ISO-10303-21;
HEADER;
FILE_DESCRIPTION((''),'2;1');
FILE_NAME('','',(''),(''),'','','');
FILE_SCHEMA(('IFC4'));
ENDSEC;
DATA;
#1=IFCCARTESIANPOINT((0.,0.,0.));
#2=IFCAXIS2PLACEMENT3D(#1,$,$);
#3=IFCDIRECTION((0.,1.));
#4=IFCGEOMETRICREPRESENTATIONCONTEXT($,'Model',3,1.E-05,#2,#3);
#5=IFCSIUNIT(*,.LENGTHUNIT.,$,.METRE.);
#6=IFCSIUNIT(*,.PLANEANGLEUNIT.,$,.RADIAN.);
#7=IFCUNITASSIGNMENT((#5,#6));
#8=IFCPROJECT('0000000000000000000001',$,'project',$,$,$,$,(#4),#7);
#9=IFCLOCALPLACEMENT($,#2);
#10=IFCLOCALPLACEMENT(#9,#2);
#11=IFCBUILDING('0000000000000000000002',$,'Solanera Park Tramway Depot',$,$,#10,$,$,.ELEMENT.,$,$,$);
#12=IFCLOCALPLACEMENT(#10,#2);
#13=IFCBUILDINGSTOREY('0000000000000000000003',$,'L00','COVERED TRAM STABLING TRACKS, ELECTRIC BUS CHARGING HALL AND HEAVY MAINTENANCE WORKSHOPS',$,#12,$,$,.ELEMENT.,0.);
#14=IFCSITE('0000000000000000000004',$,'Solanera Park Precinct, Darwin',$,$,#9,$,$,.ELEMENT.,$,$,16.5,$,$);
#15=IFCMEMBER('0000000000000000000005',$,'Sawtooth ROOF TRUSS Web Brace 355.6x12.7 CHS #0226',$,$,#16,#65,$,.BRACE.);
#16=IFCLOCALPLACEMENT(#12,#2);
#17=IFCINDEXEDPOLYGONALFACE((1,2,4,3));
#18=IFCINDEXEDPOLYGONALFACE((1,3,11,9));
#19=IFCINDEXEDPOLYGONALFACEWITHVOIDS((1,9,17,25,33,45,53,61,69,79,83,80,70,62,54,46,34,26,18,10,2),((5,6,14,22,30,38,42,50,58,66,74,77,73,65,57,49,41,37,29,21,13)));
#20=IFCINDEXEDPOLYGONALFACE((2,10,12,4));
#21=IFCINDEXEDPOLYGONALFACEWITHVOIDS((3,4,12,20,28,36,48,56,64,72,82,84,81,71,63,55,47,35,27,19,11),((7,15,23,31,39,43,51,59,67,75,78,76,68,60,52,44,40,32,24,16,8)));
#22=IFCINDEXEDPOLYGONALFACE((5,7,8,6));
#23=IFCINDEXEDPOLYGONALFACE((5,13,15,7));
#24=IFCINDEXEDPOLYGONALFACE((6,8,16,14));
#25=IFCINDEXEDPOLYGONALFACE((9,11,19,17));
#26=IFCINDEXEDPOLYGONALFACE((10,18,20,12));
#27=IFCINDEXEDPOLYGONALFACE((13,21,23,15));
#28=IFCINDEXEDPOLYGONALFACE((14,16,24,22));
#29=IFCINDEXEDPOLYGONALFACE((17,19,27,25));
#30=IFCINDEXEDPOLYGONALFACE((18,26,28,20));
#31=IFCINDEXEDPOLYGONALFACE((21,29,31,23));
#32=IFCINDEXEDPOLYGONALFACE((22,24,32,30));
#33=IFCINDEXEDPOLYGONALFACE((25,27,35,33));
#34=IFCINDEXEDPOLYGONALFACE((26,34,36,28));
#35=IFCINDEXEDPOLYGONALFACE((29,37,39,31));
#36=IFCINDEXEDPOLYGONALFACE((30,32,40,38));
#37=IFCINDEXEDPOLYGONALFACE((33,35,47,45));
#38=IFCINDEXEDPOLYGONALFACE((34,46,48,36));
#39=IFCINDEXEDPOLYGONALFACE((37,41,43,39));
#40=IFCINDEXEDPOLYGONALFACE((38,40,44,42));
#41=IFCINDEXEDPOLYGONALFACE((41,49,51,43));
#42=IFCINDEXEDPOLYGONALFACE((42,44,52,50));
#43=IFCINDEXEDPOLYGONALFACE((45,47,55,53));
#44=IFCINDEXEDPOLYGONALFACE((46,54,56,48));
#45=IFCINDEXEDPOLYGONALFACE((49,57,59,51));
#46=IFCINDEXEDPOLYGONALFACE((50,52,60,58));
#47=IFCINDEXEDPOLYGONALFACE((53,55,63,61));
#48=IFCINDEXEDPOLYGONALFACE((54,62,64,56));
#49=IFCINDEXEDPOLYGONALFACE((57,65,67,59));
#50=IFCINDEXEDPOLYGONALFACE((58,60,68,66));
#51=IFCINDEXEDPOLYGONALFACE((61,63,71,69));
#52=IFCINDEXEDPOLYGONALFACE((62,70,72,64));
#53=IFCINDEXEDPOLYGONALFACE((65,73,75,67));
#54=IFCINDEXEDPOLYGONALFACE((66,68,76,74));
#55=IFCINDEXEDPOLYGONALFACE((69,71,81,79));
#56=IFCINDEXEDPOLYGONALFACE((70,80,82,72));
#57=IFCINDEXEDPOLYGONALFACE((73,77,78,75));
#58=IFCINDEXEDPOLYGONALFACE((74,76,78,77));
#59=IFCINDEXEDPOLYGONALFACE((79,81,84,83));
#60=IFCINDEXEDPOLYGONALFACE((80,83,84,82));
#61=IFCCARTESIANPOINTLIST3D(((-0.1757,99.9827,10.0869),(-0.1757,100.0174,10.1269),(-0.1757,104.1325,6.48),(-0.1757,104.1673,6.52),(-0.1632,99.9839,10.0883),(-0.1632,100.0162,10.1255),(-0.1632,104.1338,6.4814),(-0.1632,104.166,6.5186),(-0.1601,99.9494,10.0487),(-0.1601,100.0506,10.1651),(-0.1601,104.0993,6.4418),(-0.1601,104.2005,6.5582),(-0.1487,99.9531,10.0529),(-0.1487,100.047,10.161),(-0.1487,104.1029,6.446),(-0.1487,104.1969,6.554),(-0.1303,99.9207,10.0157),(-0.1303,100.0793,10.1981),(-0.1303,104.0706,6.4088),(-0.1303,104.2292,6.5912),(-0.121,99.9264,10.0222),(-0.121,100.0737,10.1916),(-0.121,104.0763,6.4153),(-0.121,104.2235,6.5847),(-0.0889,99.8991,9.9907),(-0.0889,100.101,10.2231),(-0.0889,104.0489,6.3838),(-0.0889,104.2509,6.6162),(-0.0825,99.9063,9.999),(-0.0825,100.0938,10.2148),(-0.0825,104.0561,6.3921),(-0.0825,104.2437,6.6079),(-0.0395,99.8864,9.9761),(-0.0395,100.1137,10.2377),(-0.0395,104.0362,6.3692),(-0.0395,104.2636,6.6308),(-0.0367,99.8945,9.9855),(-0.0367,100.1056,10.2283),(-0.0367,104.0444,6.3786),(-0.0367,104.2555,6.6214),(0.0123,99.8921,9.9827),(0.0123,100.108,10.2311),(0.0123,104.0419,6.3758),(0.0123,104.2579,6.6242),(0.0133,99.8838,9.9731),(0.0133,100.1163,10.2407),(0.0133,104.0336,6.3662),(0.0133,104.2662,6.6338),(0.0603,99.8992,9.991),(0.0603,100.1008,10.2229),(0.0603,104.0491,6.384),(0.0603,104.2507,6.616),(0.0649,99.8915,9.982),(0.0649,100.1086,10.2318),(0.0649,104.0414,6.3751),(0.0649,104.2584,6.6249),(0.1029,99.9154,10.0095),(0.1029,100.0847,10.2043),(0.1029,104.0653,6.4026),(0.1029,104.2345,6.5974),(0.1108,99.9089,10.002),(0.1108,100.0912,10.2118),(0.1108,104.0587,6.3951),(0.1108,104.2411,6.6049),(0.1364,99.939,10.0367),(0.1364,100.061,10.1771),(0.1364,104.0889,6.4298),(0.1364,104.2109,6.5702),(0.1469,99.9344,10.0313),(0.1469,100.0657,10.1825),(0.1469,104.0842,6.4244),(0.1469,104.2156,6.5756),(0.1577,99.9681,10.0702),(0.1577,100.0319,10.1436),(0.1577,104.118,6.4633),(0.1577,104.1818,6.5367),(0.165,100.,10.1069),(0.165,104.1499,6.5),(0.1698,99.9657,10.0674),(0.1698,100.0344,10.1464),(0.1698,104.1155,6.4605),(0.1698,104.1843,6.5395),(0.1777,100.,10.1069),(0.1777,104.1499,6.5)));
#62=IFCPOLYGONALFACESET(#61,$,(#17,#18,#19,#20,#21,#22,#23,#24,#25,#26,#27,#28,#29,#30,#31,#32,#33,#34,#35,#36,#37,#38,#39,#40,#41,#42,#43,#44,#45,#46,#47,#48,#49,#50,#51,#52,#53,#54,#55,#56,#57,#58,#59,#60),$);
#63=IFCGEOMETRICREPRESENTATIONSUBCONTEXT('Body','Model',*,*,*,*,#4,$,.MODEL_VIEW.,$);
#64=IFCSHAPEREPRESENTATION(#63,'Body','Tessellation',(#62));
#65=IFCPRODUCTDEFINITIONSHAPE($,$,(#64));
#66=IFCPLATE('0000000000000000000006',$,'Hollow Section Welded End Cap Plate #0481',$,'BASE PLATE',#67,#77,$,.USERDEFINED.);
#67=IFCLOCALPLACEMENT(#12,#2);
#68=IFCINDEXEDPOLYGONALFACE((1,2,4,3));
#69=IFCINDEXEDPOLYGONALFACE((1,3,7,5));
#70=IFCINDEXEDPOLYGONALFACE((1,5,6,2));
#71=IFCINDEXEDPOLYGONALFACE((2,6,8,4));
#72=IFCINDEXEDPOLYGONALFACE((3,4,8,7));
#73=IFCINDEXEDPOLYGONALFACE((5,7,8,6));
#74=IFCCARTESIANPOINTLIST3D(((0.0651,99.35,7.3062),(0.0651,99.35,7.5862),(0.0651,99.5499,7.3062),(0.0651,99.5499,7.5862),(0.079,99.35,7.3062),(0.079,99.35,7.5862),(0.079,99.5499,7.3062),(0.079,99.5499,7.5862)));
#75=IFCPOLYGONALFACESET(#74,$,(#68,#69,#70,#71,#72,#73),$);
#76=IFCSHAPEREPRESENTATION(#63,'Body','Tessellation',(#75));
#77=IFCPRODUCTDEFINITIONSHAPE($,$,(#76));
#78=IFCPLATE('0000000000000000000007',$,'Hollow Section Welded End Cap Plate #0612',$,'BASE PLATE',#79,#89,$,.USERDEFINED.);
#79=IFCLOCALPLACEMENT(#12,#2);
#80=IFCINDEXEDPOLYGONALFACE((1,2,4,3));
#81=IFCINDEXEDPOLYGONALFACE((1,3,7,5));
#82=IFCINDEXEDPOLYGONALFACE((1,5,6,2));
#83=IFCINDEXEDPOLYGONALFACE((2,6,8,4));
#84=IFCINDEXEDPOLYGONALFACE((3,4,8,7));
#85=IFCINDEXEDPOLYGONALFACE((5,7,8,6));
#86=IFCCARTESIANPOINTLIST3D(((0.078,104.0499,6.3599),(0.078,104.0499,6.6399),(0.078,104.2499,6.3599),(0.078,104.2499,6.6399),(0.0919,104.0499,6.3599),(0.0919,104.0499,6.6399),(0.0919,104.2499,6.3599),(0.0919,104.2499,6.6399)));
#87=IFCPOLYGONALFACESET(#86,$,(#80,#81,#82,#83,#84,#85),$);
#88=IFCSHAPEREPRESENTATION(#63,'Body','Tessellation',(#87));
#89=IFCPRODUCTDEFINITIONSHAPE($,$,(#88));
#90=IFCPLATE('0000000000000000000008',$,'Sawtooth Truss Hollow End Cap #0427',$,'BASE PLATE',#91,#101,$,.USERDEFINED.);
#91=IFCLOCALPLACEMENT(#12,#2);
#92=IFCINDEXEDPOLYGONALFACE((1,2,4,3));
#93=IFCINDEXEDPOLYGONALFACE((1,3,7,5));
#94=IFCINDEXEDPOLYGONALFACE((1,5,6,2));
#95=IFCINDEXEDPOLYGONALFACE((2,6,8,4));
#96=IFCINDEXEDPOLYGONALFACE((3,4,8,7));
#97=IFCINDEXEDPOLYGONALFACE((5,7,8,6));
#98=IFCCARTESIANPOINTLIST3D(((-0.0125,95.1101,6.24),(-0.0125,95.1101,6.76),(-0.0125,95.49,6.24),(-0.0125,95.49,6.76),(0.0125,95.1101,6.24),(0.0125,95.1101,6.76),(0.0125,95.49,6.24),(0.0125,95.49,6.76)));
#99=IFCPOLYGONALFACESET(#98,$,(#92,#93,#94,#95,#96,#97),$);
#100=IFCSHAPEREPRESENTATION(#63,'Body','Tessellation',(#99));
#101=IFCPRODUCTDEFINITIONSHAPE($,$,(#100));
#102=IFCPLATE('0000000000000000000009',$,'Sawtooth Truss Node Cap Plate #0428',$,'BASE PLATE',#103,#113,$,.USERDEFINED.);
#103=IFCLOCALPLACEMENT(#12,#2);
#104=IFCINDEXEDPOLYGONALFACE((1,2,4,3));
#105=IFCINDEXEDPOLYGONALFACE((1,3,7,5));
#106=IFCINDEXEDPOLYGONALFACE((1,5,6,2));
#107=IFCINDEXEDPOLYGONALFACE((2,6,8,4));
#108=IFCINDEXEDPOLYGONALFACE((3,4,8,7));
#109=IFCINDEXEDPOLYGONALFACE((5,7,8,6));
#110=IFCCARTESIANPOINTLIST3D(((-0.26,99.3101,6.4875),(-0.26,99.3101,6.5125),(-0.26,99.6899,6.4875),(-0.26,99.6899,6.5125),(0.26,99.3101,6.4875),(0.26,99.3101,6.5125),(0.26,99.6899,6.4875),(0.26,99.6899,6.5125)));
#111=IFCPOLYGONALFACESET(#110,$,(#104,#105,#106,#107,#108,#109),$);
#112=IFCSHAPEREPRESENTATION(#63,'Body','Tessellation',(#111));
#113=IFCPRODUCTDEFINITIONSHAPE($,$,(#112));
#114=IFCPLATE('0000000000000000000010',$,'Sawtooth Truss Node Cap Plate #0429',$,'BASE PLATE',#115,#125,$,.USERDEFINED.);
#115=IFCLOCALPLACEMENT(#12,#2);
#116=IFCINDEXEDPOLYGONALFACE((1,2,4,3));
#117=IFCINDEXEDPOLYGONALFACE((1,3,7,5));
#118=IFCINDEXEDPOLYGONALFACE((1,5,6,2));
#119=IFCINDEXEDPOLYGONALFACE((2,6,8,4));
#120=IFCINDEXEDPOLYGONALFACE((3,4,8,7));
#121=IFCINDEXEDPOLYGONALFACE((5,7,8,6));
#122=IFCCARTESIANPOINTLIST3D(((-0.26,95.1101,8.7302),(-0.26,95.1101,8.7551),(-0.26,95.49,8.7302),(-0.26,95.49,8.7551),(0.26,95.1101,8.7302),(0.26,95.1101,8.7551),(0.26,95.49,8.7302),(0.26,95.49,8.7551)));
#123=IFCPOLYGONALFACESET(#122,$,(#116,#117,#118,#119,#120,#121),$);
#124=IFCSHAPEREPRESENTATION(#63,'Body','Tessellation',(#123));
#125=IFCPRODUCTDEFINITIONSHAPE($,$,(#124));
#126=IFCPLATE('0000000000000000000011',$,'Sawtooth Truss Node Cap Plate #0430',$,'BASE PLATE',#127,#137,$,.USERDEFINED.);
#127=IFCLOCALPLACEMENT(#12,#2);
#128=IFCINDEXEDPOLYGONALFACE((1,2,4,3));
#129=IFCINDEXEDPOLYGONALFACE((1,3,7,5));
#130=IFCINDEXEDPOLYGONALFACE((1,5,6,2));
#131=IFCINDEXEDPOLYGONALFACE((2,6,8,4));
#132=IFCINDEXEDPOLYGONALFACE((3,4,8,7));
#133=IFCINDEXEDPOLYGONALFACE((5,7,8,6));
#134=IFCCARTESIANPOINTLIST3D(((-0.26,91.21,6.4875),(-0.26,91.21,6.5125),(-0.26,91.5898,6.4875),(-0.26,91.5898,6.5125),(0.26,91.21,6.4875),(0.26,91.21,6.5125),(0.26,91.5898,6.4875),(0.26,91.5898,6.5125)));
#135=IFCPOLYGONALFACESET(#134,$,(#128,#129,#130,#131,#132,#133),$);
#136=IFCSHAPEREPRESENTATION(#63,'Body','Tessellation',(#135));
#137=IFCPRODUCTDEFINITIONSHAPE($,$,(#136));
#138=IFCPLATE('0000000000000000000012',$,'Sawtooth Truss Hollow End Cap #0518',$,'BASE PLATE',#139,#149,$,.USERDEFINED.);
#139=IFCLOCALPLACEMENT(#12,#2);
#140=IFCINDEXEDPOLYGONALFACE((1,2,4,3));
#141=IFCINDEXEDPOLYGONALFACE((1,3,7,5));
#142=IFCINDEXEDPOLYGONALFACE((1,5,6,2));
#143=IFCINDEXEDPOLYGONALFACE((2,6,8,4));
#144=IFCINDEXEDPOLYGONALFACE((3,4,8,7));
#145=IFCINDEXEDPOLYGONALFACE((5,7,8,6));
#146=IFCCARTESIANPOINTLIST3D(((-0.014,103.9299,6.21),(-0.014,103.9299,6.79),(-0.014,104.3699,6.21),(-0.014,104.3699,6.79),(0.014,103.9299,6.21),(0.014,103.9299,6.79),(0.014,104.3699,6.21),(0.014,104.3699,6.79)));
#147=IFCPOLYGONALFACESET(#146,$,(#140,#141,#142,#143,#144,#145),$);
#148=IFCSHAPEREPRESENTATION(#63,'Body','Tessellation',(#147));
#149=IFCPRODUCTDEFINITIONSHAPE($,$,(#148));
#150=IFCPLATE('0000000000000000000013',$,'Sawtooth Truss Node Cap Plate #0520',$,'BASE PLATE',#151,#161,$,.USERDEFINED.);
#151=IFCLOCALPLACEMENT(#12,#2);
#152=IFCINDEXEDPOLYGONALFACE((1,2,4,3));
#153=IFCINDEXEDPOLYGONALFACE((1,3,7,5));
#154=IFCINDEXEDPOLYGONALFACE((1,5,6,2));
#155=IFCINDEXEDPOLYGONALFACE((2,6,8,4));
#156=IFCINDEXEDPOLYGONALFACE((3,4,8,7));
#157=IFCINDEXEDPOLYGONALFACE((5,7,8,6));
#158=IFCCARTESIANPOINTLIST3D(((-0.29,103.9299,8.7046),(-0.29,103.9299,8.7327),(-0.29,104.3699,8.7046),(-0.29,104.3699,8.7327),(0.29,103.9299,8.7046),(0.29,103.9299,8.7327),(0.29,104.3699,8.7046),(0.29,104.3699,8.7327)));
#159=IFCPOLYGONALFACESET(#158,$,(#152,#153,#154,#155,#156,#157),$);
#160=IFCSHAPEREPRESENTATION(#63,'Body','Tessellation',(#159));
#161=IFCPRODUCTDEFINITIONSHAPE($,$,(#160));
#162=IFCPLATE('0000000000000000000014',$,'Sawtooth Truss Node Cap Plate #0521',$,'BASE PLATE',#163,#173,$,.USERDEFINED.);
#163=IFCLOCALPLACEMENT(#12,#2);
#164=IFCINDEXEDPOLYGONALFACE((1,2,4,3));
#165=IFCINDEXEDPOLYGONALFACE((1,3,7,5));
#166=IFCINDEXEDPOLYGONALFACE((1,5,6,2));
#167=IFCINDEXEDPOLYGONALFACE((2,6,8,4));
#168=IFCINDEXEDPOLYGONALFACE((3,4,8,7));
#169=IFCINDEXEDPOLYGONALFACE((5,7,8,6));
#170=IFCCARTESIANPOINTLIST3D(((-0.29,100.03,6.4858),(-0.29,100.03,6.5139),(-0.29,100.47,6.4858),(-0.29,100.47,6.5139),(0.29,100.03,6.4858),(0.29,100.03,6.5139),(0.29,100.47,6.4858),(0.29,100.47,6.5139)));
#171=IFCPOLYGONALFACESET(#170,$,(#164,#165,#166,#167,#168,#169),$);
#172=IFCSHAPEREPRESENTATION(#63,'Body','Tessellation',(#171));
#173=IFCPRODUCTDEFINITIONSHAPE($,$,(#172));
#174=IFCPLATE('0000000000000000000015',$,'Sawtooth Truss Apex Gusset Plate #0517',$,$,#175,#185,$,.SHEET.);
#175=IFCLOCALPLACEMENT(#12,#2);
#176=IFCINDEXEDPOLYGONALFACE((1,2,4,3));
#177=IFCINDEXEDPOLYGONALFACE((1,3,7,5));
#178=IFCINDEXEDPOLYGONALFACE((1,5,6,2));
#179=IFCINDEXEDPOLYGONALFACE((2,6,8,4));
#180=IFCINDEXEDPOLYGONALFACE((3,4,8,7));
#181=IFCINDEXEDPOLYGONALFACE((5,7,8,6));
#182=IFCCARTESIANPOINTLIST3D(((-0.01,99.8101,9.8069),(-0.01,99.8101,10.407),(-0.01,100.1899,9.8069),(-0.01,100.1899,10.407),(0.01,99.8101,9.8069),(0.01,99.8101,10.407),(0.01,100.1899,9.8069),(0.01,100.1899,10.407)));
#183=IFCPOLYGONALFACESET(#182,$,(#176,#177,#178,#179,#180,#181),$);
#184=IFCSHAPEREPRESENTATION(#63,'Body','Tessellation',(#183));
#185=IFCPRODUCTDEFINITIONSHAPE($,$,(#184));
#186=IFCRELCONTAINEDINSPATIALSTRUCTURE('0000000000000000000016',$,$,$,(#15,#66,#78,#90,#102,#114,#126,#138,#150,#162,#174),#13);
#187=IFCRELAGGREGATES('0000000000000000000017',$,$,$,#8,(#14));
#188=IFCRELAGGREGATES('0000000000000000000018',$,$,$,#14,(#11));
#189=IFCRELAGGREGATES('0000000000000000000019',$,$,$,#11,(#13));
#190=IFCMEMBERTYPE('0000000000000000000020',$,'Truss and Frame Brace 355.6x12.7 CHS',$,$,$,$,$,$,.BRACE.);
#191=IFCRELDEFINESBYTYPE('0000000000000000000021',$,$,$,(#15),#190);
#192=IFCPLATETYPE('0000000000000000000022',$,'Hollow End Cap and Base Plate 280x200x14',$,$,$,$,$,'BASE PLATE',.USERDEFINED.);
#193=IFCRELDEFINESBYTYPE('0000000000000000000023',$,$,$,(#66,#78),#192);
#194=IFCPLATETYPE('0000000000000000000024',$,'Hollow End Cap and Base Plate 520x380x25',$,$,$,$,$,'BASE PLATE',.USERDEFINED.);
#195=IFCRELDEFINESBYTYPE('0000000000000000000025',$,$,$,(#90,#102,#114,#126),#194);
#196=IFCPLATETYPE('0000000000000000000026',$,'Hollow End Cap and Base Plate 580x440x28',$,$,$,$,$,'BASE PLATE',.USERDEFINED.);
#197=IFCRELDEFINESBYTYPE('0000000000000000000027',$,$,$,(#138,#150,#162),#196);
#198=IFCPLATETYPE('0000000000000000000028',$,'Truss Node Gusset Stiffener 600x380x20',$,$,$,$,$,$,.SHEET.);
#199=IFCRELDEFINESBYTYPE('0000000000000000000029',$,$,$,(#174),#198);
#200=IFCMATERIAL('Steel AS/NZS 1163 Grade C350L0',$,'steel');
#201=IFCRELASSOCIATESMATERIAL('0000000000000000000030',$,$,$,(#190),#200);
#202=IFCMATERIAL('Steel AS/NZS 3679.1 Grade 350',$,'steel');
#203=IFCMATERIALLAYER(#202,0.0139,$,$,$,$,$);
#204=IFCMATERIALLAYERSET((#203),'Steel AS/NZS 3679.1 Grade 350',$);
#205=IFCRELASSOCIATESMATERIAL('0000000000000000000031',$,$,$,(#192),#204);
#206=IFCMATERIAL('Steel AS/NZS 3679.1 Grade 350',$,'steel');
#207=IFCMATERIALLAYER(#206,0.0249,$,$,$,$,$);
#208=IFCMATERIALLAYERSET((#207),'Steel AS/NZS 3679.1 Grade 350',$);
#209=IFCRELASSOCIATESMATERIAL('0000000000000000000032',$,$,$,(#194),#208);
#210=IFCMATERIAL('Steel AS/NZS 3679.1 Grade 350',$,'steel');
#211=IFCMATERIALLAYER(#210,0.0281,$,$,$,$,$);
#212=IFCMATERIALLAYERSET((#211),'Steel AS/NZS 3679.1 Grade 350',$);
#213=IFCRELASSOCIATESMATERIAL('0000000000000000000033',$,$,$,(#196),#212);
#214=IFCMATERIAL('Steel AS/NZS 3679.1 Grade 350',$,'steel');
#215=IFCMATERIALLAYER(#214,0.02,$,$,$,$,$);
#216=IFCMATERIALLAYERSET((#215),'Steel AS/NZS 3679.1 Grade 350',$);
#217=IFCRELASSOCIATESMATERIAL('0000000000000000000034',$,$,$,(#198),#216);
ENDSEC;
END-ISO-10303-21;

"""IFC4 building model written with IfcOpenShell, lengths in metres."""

from ifc_helpers import new_model, si_unit, direction, frame, origin, origin_2d, place, context, subcontext, project, spatial, rectangle, hollow_circle, extrude, material, layer, layer_set, material_profile, profile_set, type_object, element, save


model = new_model("IFC4")

# Units and contexts
model_context = context("Model", 3, precision=1e-05, world=origin(), true_north=direction((0.0, 1.0)))
body_context = subcontext(model_context, "Body", "Model", "MODEL_VIEW")
ifc_project = project(units=[si_unit("LENGTHUNIT", "METRE"), si_unit("PLANEANGLEUNIT", "RADIAN")], contexts=[model_context])

# Site, building, storey
site_placement = place(None, origin())
site = spatial("IfcSite", under=ifc_project, at=site_placement, Name="Solanera Park Precinct, Darwin", CompositionType="ELEMENT", RefElevation=16.5)
building_placement = place(site_placement, origin())
building = spatial("IfcBuilding", under=site, at=building_placement, Name="Solanera Park Tramway Depot", CompositionType="ELEMENT")
storey_placement = place(building_placement, origin())
storey = spatial("IfcBuildingStorey", under=building, at=storey_placement, Name="L00", Description="COVERED TRAM STABLING TRACKS, ELECTRIC BUS CHARGING HALL AND HEAVY MAINTENANCE WORKSHOPS", CompositionType="ELEMENT", Elevation=0.0)

# Member
ifc_material_1 = material(Name="Steel AS/NZS 1163 Grade C350L0", Category="steel")
ifc_material_profile_1 = material_profile(ifc_material_1, hollow_circle(Radius=0.1777, WallThickness=0.0127, at=origin_2d()), Name="355.6x12.7 CHS")
ifc_profile_set_1 = profile_set([ifc_material_profile_1], Name="Steel AS/NZS 1163 Grade C350L0")
member_type_1 = type_object("IfcMemberType", Name="Truss and Frame Brace 355.6x12.7 CHS", PredefinedType="BRACE", material=ifc_profile_set_1)
member_1_placement = place(storey_placement, frame((0.0, 104.1499, 6.5), z_axis=(0.0, -0.754757, 0.656005), x_axis=(1.0, 0.0, 0.0)))
element("IfcMember", 1, at=member_1_placement, inside=storey, type_object=member_type_1, Name="Sawtooth ROOF TRUSS Web Brace 355.6x12.7 CHS #0226", PredefinedType="BRACE", context=body_context, shape_type="SweptSolid", body=[
    extrude(hollow_circle(Radius=0.1777, WallThickness=0.0127, at=origin_2d()), origin(), (0.0, 0.0, 1.0), 5.4983),
])

# Plates
ifc_material_2 = material(Name="Steel AS/NZS 3679.1 Grade 350", Category="steel")
ifc_layer_1 = layer(ifc_material_2, 0.0139)
ifc_layer_set_1 = layer_set([ifc_layer_1], Name="Steel AS/NZS 3679.1 Grade 350")
plate_type_1 = type_object("IfcPlateType", Name="Hollow End Cap and Base Plate 280x200x14", ElementType="BASE PLATE", PredefinedType="USERDEFINED", material=ifc_layer_set_1)
for number, where, z_axis, x_axis, name in (
    (2, (0.072, 99.45, 7.3062), (0.0, 0.0, 1.0), (1.0, 0.0, 0.0), "Hollow Section Welded End Cap Plate #0481"),
    (3, (0.085, 104.1499, 6.3599), (0.0, 0.0, 1.0), (1.0, 0.0, 0.0), "Hollow Section Welded End Cap Plate #0612"),
):
    element("IfcPlate", number, at=place(storey_placement, frame(where, z_axis=z_axis, x_axis=x_axis)), inside=storey, type_object=plate_type_1, Name=name, ObjectType="BASE PLATE", PredefinedType="USERDEFINED", context=body_context, shape_type="SweptSolid", body=[
        extrude(rectangle(XDim=0.0139, YDim=0.2, at=origin_2d()), origin(), (0.0, 0.0, 1.0), 0.28),
    ])
ifc_material_3 = material(Name="Steel AS/NZS 3679.1 Grade 350", Category="steel")
ifc_layer_2 = layer(ifc_material_3, 0.0249)
ifc_layer_set_2 = layer_set([ifc_layer_2], Name="Steel AS/NZS 3679.1 Grade 350")
plate_type_2 = type_object("IfcPlateType", Name="Hollow End Cap and Base Plate 520x380x25", ElementType="BASE PLATE", PredefinedType="USERDEFINED", material=ifc_layer_set_2)
plate_1_placement = place(storey_placement, frame((0.0, 95.3, 6.24), z_axis=(0.0, 0.0, 1.0), x_axis=(1.0, 0.0, 0.0)))
element("IfcPlate", 4, at=plate_1_placement, inside=storey, type_object=plate_type_2, Name="Sawtooth Truss Hollow End Cap #0427", ObjectType="BASE PLATE", PredefinedType="USERDEFINED", context=body_context, shape_type="SweptSolid", body=[
    extrude(rectangle(XDim=0.0249, YDim=0.3799, at=origin_2d()), origin(), (0.0, 0.0, 1.0), 0.52),
])
for number, where, z_axis, x_axis, name in (
    (5, (0.0, 99.5, 6.4875), (0.0, 0.0, 1.0), (1.0, 0.0, 0.0), "Sawtooth Truss Node Cap Plate #0428"),
    (6, (0.0, 95.3, 8.7302), (0.0, 0.0, 1.0), (1.0, 0.0, 0.0), "Sawtooth Truss Node Cap Plate #0429"),
    (7, (0.0, 91.3999, 6.4875), (0.0, 0.0, 1.0), (1.0, 0.0, 0.0), "Sawtooth Truss Node Cap Plate #0430"),
):
    element("IfcPlate", number, at=place(storey_placement, frame(where, z_axis=z_axis, x_axis=x_axis)), inside=storey, type_object=plate_type_2, Name=name, ObjectType="BASE PLATE", PredefinedType="USERDEFINED", context=body_context, shape_type="SweptSolid", body=[
        extrude(rectangle(XDim=0.52, YDim=0.3799, at=origin_2d()), origin(), (0.0, 0.0, 1.0), 0.0249),
    ])
ifc_material_4 = material(Name="Steel AS/NZS 3679.1 Grade 350", Category="steel")
ifc_layer_3 = layer(ifc_material_4, 0.0281)
ifc_layer_set_3 = layer_set([ifc_layer_3], Name="Steel AS/NZS 3679.1 Grade 350")
plate_type_3 = type_object("IfcPlateType", Name="Hollow End Cap and Base Plate 580x440x28", ElementType="BASE PLATE", PredefinedType="USERDEFINED", material=ifc_layer_set_3)
plate_2_placement = place(storey_placement, frame((0.0, 104.1499, 6.21), z_axis=(0.0, 0.0, 1.0), x_axis=(1.0, 0.0, 0.0)))
element("IfcPlate", 8, at=plate_2_placement, inside=storey, type_object=plate_type_3, Name="Sawtooth Truss Hollow End Cap #0518", ObjectType="BASE PLATE", PredefinedType="USERDEFINED", context=body_context, shape_type="SweptSolid", body=[
    extrude(rectangle(XDim=0.0281, YDim=0.4399, at=origin_2d()), origin(), (0.0, 0.0, 1.0), 0.5801),
])
for number, where, z_axis, x_axis, name in (
    (9, (0.0, 104.1499, 8.7046), (0.0, 0.0, 1.0), (1.0, 0.0, 0.0), "Sawtooth Truss Node Cap Plate #0520"),
    (10, (0.0, 100.25, 6.4858), (0.0, 0.0, 1.0), (1.0, 0.0, 0.0), "Sawtooth Truss Node Cap Plate #0521"),
):
    element("IfcPlate", number, at=place(storey_placement, frame(where, z_axis=z_axis, x_axis=x_axis)), inside=storey, type_object=plate_type_3, Name=name, ObjectType="BASE PLATE", PredefinedType="USERDEFINED", context=body_context, shape_type="SweptSolid", body=[
        extrude(rectangle(XDim=0.5801, YDim=0.4399, at=origin_2d()), origin(), (0.0, 0.0, 1.0), 0.0281),
    ])
ifc_material_5 = material(Name="Steel AS/NZS 3679.1 Grade 350", Category="steel")
ifc_layer_4 = layer(ifc_material_5, 0.02)
ifc_layer_set_4 = layer_set([ifc_layer_4], Name="Steel AS/NZS 3679.1 Grade 350")
plate_type_4 = type_object("IfcPlateType", Name="Truss Node Gusset Stiffener 600x380x20", PredefinedType="SHEET", material=ifc_layer_set_4)
plate_3_placement = place(storey_placement, frame((0.0, 100.0, 9.8069), z_axis=(0.0, 0.0, 1.0), x_axis=(1.0, 0.0, 0.0)))
element("IfcPlate", 11, at=plate_3_placement, inside=storey, type_object=plate_type_4, Name="Sawtooth Truss Apex Gusset Plate #0517", PredefinedType="SHEET", context=body_context, shape_type="SweptSolid", body=[
    extrude(rectangle(XDim=0.02, YDim=0.3799, at=origin_2d()), origin(), (0.0, 0.0, 1.0), 0.6001),
])

save(model, "model.ifc")
